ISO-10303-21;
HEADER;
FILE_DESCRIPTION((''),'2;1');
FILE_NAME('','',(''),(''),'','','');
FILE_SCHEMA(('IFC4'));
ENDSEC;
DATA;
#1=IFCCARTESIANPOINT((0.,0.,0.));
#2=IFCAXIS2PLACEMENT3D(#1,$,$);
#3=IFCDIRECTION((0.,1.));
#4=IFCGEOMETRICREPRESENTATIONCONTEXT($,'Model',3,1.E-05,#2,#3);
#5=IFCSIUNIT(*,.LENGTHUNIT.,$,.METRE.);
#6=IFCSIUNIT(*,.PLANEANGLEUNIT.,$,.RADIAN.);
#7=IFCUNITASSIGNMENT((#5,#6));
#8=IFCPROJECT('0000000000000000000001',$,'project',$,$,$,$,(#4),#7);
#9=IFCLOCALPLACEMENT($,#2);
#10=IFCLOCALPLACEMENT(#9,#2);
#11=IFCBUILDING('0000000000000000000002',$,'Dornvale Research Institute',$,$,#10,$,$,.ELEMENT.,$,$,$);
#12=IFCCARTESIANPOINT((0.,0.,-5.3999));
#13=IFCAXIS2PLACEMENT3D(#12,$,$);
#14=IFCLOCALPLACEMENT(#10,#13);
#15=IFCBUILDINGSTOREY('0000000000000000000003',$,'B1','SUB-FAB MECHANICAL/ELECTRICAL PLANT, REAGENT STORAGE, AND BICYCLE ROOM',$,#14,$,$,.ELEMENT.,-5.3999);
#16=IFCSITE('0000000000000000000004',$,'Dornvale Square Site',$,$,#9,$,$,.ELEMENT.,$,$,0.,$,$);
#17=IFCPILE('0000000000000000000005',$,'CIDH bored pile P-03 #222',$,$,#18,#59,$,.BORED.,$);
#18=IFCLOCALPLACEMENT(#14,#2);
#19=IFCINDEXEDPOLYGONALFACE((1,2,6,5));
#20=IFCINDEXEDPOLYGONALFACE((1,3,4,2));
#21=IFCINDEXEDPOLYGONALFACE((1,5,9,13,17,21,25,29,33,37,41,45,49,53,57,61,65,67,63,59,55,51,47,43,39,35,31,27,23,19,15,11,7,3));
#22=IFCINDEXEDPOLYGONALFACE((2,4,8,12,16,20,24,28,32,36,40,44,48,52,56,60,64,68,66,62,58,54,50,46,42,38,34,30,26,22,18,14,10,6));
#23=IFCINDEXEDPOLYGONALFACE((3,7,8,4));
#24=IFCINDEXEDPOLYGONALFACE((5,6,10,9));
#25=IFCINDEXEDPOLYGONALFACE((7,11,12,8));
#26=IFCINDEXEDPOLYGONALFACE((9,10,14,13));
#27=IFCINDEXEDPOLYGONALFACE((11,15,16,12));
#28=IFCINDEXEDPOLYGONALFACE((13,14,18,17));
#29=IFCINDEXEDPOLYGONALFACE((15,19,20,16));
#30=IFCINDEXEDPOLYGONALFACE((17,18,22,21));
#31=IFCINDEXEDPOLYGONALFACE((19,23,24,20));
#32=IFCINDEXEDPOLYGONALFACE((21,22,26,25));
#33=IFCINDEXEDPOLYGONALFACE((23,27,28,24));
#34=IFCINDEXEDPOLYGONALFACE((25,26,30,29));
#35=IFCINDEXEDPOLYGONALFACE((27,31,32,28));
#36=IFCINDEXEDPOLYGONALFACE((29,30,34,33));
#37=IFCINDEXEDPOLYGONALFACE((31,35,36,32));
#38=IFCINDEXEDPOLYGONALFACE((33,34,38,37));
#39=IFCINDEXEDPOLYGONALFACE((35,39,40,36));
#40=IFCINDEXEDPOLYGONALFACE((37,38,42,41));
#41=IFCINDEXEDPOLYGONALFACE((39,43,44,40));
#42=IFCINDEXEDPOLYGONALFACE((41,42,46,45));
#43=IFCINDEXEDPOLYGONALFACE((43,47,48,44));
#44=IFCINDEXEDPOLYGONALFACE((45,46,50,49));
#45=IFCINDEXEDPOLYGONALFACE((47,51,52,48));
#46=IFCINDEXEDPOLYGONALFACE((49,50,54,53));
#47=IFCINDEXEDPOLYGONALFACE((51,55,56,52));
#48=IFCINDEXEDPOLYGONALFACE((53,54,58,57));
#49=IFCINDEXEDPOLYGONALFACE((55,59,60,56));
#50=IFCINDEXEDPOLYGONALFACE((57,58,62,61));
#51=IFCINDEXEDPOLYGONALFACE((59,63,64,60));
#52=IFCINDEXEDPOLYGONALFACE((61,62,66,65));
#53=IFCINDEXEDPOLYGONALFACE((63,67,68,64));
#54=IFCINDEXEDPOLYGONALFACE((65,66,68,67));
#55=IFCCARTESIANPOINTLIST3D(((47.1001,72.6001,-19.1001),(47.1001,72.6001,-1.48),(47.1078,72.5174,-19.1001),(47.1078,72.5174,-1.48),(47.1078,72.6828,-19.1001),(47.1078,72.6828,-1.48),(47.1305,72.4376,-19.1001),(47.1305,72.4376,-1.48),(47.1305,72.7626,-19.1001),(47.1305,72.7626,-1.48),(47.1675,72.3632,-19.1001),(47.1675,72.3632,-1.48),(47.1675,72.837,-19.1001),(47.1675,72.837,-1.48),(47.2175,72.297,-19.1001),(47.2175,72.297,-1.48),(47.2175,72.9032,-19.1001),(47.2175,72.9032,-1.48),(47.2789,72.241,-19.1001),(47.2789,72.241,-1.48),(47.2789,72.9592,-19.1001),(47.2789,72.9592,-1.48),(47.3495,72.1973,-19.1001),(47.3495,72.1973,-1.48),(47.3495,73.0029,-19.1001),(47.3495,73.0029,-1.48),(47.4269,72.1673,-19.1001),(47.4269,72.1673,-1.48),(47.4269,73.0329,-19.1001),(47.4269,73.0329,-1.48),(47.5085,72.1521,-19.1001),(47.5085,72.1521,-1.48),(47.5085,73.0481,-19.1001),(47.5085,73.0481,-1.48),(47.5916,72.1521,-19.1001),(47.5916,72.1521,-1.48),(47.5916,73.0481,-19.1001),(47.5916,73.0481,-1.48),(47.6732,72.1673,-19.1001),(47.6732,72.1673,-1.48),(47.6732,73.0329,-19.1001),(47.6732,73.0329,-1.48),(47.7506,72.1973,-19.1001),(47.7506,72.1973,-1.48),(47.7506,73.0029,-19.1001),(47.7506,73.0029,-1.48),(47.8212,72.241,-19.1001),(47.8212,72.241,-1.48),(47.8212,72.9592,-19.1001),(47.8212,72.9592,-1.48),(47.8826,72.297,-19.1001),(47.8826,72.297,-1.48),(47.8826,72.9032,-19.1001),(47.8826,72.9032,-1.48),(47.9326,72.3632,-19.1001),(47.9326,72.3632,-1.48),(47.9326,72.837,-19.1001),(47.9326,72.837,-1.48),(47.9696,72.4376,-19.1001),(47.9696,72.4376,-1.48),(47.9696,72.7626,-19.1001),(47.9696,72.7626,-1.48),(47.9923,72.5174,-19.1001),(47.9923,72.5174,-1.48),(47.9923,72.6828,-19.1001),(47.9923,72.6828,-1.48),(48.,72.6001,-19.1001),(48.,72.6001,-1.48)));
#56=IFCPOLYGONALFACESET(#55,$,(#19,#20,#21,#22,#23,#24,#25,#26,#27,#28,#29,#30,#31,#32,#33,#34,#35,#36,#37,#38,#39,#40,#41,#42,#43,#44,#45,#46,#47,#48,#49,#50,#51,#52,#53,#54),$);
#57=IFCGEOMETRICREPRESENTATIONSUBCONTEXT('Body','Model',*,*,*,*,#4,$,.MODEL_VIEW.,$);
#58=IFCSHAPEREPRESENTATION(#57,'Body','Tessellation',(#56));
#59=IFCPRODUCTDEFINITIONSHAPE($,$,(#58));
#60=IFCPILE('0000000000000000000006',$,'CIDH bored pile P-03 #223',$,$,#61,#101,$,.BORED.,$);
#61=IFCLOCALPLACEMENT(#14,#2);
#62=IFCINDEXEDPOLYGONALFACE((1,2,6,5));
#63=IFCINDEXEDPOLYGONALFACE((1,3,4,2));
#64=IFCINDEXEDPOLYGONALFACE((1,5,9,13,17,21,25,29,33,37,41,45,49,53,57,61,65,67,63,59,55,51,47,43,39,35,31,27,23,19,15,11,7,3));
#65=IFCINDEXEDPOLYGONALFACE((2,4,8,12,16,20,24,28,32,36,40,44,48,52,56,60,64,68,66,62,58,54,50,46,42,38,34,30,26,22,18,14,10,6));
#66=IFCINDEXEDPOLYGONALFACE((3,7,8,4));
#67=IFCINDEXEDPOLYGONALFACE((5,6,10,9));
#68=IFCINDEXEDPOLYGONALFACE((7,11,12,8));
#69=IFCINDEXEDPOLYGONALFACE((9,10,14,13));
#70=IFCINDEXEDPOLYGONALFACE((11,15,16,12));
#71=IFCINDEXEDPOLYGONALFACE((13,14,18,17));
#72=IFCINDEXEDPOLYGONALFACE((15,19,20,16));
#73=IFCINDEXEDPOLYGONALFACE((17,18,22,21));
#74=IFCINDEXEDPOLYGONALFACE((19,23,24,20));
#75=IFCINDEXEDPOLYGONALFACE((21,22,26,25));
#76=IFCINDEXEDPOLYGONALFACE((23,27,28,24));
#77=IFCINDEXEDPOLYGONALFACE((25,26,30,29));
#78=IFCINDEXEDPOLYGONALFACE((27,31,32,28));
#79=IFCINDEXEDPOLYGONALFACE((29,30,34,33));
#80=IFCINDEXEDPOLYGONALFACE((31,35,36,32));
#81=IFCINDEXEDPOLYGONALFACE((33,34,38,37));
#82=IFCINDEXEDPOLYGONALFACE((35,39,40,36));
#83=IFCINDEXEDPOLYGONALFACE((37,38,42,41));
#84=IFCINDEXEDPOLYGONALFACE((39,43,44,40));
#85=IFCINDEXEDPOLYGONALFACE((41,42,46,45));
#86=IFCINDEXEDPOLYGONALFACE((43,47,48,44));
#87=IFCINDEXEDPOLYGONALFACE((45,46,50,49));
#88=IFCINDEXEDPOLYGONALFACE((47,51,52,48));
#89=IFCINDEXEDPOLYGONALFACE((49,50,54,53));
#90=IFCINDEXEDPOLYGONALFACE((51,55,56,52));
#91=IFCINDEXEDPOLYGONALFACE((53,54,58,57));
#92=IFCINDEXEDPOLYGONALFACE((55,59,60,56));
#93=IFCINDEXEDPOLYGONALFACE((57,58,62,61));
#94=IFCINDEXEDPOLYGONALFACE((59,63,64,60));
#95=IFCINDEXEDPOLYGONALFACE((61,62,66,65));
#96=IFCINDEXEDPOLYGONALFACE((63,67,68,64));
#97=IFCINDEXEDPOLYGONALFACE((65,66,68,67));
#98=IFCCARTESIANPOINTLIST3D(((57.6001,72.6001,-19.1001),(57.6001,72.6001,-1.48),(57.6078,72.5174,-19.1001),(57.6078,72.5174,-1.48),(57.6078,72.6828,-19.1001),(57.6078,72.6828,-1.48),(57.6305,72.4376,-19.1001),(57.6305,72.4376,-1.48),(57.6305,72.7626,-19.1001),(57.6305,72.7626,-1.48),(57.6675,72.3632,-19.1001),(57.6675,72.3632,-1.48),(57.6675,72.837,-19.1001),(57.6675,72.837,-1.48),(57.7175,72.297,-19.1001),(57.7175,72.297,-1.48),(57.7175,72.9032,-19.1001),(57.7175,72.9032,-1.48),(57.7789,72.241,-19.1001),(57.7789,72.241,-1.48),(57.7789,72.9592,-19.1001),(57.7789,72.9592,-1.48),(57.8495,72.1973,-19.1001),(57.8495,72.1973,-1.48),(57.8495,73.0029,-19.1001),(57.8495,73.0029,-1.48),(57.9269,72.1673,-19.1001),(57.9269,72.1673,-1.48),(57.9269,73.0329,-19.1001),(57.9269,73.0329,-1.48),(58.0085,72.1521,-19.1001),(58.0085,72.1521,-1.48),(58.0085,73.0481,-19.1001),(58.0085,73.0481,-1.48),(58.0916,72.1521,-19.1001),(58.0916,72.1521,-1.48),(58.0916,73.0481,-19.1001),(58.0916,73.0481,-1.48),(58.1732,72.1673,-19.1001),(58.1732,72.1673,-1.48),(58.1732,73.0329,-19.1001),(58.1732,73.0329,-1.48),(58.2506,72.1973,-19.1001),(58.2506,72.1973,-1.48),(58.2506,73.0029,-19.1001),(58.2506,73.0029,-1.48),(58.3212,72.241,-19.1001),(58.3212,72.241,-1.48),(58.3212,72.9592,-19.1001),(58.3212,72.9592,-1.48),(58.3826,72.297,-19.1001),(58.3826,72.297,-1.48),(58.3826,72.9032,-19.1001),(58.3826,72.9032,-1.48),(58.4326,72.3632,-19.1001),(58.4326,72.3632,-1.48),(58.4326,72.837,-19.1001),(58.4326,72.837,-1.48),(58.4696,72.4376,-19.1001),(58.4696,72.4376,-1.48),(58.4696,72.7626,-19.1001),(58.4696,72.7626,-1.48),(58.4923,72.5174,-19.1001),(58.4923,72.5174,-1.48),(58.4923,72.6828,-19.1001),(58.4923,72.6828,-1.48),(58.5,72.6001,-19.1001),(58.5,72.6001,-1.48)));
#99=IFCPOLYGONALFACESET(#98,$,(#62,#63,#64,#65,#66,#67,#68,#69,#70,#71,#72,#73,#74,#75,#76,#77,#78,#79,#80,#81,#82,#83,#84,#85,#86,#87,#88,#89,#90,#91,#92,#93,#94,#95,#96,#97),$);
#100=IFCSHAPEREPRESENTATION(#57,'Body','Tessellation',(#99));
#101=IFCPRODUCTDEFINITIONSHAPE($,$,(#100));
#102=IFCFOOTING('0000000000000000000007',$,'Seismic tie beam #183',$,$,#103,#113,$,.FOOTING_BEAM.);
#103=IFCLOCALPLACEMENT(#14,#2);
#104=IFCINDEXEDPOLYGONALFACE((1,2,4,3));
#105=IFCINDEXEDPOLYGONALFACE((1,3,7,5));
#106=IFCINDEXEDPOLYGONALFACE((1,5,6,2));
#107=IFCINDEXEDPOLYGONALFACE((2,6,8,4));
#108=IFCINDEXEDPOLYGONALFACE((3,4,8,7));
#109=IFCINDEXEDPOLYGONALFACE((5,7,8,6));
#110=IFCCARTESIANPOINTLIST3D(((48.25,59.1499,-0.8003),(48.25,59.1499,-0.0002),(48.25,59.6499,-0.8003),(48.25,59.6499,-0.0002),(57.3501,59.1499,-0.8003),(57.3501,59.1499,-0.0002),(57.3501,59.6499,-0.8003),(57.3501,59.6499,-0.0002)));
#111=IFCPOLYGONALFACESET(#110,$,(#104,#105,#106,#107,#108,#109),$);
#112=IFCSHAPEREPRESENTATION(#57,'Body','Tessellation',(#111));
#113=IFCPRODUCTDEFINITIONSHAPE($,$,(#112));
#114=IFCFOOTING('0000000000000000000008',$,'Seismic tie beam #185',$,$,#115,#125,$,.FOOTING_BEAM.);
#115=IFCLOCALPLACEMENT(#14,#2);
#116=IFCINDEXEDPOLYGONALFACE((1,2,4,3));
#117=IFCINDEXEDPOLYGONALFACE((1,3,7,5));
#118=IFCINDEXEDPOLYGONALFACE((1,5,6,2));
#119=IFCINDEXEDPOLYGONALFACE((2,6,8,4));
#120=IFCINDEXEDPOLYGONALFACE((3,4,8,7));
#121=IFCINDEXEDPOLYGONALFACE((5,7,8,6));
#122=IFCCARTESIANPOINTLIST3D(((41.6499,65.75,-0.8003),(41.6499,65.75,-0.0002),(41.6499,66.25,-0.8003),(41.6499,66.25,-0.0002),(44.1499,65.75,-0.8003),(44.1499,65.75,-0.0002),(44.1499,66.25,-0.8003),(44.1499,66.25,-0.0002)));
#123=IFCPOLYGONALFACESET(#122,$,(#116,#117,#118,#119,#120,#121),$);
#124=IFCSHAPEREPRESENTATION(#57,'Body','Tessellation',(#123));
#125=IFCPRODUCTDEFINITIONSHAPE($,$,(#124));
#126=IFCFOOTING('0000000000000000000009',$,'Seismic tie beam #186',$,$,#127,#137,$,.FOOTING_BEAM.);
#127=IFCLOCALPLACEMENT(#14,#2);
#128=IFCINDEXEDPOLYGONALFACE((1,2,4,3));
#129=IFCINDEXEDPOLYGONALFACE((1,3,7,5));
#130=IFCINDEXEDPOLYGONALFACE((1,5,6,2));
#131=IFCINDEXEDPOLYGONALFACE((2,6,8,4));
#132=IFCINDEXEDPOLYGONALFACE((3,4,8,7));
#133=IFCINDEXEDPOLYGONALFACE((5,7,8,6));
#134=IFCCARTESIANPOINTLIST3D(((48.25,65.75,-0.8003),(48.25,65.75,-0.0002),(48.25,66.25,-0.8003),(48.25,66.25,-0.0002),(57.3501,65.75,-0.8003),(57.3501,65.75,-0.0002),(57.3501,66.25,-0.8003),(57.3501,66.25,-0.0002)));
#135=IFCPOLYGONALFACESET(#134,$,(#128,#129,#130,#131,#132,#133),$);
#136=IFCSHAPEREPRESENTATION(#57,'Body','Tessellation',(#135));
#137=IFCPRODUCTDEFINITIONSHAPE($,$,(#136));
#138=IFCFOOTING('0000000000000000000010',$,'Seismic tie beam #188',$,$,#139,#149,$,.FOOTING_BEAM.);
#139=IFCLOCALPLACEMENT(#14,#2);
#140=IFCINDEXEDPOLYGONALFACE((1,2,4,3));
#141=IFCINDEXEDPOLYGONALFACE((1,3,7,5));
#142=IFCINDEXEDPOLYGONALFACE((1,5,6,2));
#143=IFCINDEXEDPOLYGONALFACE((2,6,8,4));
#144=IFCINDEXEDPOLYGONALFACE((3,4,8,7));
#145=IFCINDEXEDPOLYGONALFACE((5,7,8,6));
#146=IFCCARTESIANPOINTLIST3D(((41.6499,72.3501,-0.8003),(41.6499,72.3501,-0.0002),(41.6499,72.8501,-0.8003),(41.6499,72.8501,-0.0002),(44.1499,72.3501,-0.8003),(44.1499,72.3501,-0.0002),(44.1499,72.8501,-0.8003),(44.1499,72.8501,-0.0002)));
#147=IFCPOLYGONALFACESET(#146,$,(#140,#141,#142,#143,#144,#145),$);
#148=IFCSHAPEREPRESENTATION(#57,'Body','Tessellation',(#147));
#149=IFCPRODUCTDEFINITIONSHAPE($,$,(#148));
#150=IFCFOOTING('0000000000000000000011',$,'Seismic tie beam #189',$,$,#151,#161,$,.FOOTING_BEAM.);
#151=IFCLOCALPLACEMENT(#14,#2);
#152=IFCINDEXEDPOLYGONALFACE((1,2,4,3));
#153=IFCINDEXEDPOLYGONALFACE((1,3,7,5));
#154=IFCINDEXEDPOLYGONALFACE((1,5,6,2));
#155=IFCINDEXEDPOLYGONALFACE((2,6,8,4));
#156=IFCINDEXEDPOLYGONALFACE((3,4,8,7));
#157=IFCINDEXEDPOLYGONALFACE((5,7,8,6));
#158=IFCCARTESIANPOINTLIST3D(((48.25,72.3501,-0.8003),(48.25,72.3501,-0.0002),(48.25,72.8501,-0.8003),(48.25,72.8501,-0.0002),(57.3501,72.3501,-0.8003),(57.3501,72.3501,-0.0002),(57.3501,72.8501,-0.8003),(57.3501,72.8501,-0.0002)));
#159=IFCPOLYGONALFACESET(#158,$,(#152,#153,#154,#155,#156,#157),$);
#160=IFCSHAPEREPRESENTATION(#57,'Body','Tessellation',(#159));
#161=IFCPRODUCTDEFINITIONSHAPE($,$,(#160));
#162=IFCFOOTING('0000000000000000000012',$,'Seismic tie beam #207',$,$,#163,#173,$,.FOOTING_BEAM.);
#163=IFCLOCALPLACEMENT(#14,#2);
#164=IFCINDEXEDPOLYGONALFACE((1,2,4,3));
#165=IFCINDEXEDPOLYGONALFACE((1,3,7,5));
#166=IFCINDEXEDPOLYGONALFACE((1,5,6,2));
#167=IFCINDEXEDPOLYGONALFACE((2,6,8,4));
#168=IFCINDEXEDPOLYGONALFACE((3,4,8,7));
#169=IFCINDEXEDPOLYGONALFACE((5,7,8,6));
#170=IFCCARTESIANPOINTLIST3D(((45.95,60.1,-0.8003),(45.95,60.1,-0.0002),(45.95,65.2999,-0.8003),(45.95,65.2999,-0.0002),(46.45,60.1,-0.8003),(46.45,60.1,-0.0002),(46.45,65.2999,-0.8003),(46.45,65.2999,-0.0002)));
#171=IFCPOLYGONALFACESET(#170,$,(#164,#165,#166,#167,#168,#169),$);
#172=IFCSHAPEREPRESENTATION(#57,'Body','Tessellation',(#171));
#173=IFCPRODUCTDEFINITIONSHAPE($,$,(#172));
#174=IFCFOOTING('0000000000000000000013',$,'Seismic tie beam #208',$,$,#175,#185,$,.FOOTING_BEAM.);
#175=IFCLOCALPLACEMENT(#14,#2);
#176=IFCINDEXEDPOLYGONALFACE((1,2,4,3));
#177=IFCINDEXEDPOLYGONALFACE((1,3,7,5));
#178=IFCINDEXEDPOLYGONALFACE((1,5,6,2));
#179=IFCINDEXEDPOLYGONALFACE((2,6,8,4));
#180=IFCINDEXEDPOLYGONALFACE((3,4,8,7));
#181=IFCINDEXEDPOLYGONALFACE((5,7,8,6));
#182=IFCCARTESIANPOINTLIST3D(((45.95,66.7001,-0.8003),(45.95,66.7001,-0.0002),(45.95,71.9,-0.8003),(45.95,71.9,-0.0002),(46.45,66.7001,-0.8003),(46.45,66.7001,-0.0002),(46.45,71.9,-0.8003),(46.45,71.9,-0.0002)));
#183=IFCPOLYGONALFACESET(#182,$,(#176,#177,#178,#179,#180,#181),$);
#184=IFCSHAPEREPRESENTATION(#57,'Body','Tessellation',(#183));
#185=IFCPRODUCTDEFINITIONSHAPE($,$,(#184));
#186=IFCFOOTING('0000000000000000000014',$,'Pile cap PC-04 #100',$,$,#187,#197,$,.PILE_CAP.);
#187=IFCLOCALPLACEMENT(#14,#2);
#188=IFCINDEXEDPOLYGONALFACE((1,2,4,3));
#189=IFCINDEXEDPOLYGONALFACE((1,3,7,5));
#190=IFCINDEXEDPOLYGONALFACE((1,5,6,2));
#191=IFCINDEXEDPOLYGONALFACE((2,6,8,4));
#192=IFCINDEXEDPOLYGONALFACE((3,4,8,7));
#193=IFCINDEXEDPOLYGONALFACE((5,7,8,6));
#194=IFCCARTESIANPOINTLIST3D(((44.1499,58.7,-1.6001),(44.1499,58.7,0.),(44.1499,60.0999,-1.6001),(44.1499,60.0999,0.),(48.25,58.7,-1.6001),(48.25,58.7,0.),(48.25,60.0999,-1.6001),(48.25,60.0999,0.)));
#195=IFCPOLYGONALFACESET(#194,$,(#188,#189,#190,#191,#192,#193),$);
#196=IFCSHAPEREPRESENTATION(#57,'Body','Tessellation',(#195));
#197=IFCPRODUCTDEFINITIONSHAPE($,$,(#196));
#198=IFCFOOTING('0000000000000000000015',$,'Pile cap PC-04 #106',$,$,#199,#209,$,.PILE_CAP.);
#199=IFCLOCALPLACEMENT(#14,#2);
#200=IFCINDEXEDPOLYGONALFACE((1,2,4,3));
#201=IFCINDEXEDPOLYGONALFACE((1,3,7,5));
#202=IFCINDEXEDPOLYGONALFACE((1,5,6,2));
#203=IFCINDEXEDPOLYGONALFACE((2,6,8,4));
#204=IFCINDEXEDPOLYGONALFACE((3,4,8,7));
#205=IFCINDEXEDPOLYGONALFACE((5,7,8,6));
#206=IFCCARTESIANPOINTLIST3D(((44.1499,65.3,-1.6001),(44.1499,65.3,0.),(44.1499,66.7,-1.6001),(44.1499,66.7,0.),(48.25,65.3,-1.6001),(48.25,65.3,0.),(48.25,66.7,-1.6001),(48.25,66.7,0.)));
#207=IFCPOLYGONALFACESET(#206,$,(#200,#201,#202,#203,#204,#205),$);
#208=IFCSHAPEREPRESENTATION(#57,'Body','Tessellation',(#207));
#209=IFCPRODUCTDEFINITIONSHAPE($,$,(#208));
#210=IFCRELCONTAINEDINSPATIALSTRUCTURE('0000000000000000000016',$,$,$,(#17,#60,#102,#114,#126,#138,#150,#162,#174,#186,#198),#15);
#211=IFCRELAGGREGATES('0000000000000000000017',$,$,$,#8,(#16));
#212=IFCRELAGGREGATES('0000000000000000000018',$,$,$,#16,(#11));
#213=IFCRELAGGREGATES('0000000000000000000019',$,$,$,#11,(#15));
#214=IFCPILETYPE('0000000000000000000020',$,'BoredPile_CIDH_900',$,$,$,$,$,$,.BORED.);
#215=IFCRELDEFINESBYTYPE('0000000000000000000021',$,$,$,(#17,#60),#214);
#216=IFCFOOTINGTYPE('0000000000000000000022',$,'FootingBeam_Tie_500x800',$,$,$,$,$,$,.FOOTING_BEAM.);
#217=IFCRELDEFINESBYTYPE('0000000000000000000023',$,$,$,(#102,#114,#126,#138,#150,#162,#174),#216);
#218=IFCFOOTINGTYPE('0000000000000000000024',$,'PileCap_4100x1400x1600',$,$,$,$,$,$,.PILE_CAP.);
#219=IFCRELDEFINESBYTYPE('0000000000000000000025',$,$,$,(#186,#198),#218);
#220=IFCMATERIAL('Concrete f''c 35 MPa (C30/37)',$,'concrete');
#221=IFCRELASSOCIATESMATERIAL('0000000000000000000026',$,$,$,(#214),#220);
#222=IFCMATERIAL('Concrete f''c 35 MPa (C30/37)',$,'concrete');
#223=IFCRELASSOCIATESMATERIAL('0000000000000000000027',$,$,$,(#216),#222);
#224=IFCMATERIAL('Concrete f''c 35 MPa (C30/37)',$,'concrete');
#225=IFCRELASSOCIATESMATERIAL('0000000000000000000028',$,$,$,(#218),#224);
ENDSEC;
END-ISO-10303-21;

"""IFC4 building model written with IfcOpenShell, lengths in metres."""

from ifc_helpers import new_model, si_unit, direction, frame, origin, origin_2d, place, context, subcontext, project, spatial, rectangle, circle, extrude, material, material_profile, profile_set, type_object, element, save


model = new_model("IFC4")

# Units and contexts
model_context = context("Model", 3, precision=1e-05, world=origin(), true_north=direction((0.0, 1.0)))
body_context = subcontext(model_context, "Body", "Model", "MODEL_VIEW")
ifc_project = project(units=[si_unit("LENGTHUNIT", "METRE"), si_unit("PLANEANGLEUNIT", "RADIAN")], contexts=[model_context])

# Site, building, storey
site_placement = place(None, origin())
site = spatial("IfcSite", under=ifc_project, at=site_placement, Name="Dornvale Square Site", CompositionType="ELEMENT", RefElevation=0.0)
building_placement = place(site_placement, origin())
building = spatial("IfcBuilding", under=site, at=building_placement, Name="Dornvale Research Institute", CompositionType="ELEMENT")
storey_placement = place(building_placement, frame((0.0, 0.0, -5.3999)))
storey = spatial("IfcBuildingStorey", under=building, at=storey_placement, Name="B1", Description="SUB-FAB MECHANICAL/ELECTRICAL PLANT, REAGENT STORAGE, AND BICYCLE ROOM", CompositionType="ELEMENT", Elevation=-5.3999)

# Piles
ifc_material_1 = material(Name="Concrete f'c 35 MPa (C30/37)", Category="concrete")
ifc_material_profile_1 = material_profile(ifc_material_1, circle(Radius=0.45, at=origin_2d()), Name="CIDH PILE D900")
ifc_profile_set_1 = profile_set([ifc_material_profile_1], Name="Concrete f'c 35 MPa (C30/37)")
pile_type = type_object("IfcPileType", Name="BoredPile_CIDH_900", PredefinedType="BORED", material=ifc_profile_set_1)
for number, where, z_axis, x_axis, name in (
    (1, (47.55, 72.6001, -1.48), (0.0, 0.0, -1.0), (1.0, 0.0, 0.0), "CIDH bored pile P-03 #222"),
    (2, (58.05, 72.6001, -1.48), (0.0, 0.0, -1.0), (1.0, 0.0, 0.0), "CIDH bored pile P-03 #223"),
):
    element("IfcPile", number, at=place(storey_placement, frame(where, z_axis=z_axis, x_axis=x_axis)), inside=storey, type_object=pile_type, Name=name, PredefinedType="BORED", context=body_context, shape_type="SweptSolid", body=[
        extrude(circle(Radius=0.45, at=origin_2d()), origin(), (0.0, 0.0, 1.0), 17.6201),
    ])

# Footings
ifc_material_2 = material(Name="Concrete f'c 35 MPa (C30/37)", Category="concrete")
footing_type_1 = type_object("IfcFootingType", Name="FootingBeam_Tie_500x800", PredefinedType="FOOTING_BEAM", material=ifc_material_2)
footing_1_placement = place(storey_placement, frame((52.8, 59.3999, -0.8003), z_axis=(0.0, 0.0, 1.0), x_axis=(1.0, 0.0, 0.0)))
element("IfcFooting", 3, at=footing_1_placement, inside=storey, type_object=footing_type_1, Name="Seismic tie beam #183", PredefinedType="FOOTING_BEAM", context=body_context, shape_type="SweptSolid", body=[
    extrude(rectangle(XDim=9.1001, YDim=0.5, at=origin_2d()), origin(), (0.0, 0.0, 1.0), 0.8),
])
footing_2_placement = place(storey_placement, frame((42.8999, 66.0, -0.8003), z_axis=(0.0, 0.0, 1.0), x_axis=(1.0, 0.0, 0.0)))
element("IfcFooting", 4, at=footing_2_placement, inside=storey, type_object=footing_type_1, Name="Seismic tie beam #185", PredefinedType="FOOTING_BEAM", context=body_context, shape_type="SweptSolid", body=[
    extrude(rectangle(XDim=2.5, YDim=0.5, at=origin_2d()), origin(), (0.0, 0.0, 1.0), 0.8),
])
footing_3_placement = place(storey_placement, frame((52.8, 66.0, -0.8003), z_axis=(0.0, 0.0, 1.0), x_axis=(1.0, 0.0, 0.0)))
element("IfcFooting", 5, at=footing_3_placement, inside=storey, type_object=footing_type_1, Name="Seismic tie beam #186", PredefinedType="FOOTING_BEAM", context=body_context, shape_type="SweptSolid", body=[
    extrude(rectangle(XDim=9.1001, YDim=0.5, at=origin_2d()), origin(), (0.0, 0.0, 1.0), 0.8),
])
footing_4_placement = place(storey_placement, frame((42.8999, 72.6001, -0.8003), z_axis=(0.0, 0.0, 1.0), x_axis=(1.0, 0.0, 0.0)))
element("IfcFooting", 6, at=footing_4_placement, inside=storey, type_object=footing_type_1, Name="Seismic tie beam #188", PredefinedType="FOOTING_BEAM", context=body_context, shape_type="SweptSolid", body=[
    extrude(rectangle(XDim=2.5, YDim=0.5, at=origin_2d()), origin(), (0.0, 0.0, 1.0), 0.8),
])
footing_5_placement = place(storey_placement, frame((52.8, 72.6001, -0.8003), z_axis=(0.0, 0.0, 1.0), x_axis=(1.0, 0.0, 0.0)))
element("IfcFooting", 7, at=footing_5_placement, inside=storey, type_object=footing_type_1, Name="Seismic tie beam #189", PredefinedType="FOOTING_BEAM", context=body_context, shape_type="SweptSolid", body=[
    extrude(rectangle(XDim=9.1001, YDim=0.5, at=origin_2d()), origin(), (0.0, 0.0, 1.0), 0.8),
])
for number, where, z_axis, x_axis, name in (
    (8, (46.2, 62.7, -0.8003), (0.0, 0.0, 1.0), (0.0, 1.0, 0.0), "Seismic tie beam #207"),
    (9, (46.2, 69.3, -0.8003), (0.0, 0.0, 1.0), (0.0, 1.0, 0.0), "Seismic tie beam #208"),
):
    element("IfcFooting", number, at=place(storey_placement, frame(where, z_axis=z_axis, x_axis=x_axis)), inside=storey, type_object=footing_type_1, Name=name, PredefinedType="FOOTING_BEAM", context=body_context, shape_type="SweptSolid", body=[
        extrude(rectangle(XDim=5.2, YDim=0.5, at=origin_2d()), origin(), (0.0, 0.0, 1.0), 0.8),
    ])
ifc_material_3 = material(Name="Concrete f'c 35 MPa (C30/37)", Category="concrete")
footing_type_2 = type_object("IfcFootingType", Name="PileCap_4100x1400x1600", PredefinedType="PILE_CAP", material=ifc_material_3)
for number, where, z_axis, x_axis, name in (
    (10, (46.2, 59.3999, -1.6001), (0.0, 0.0, 1.0), (1.0, 0.0, 0.0), "Pile cap PC-04 #100"),
    (11, (46.2, 66.0, -1.6001), (0.0, 0.0, 1.0), (1.0, 0.0, 0.0), "Pile cap PC-04 #106"),
):
    element("IfcFooting", number, at=place(storey_placement, frame(where, z_axis=z_axis, x_axis=x_axis)), inside=storey, type_object=footing_type_2, Name=name, PredefinedType="PILE_CAP", context=body_context, shape_type="SweptSolid", body=[
        extrude(rectangle(XDim=4.1001, YDim=1.3999, at=origin_2d()), origin(), (0.0, 0.0, 1.0), 1.6001),
    ])

save(model, "model.ifc")
